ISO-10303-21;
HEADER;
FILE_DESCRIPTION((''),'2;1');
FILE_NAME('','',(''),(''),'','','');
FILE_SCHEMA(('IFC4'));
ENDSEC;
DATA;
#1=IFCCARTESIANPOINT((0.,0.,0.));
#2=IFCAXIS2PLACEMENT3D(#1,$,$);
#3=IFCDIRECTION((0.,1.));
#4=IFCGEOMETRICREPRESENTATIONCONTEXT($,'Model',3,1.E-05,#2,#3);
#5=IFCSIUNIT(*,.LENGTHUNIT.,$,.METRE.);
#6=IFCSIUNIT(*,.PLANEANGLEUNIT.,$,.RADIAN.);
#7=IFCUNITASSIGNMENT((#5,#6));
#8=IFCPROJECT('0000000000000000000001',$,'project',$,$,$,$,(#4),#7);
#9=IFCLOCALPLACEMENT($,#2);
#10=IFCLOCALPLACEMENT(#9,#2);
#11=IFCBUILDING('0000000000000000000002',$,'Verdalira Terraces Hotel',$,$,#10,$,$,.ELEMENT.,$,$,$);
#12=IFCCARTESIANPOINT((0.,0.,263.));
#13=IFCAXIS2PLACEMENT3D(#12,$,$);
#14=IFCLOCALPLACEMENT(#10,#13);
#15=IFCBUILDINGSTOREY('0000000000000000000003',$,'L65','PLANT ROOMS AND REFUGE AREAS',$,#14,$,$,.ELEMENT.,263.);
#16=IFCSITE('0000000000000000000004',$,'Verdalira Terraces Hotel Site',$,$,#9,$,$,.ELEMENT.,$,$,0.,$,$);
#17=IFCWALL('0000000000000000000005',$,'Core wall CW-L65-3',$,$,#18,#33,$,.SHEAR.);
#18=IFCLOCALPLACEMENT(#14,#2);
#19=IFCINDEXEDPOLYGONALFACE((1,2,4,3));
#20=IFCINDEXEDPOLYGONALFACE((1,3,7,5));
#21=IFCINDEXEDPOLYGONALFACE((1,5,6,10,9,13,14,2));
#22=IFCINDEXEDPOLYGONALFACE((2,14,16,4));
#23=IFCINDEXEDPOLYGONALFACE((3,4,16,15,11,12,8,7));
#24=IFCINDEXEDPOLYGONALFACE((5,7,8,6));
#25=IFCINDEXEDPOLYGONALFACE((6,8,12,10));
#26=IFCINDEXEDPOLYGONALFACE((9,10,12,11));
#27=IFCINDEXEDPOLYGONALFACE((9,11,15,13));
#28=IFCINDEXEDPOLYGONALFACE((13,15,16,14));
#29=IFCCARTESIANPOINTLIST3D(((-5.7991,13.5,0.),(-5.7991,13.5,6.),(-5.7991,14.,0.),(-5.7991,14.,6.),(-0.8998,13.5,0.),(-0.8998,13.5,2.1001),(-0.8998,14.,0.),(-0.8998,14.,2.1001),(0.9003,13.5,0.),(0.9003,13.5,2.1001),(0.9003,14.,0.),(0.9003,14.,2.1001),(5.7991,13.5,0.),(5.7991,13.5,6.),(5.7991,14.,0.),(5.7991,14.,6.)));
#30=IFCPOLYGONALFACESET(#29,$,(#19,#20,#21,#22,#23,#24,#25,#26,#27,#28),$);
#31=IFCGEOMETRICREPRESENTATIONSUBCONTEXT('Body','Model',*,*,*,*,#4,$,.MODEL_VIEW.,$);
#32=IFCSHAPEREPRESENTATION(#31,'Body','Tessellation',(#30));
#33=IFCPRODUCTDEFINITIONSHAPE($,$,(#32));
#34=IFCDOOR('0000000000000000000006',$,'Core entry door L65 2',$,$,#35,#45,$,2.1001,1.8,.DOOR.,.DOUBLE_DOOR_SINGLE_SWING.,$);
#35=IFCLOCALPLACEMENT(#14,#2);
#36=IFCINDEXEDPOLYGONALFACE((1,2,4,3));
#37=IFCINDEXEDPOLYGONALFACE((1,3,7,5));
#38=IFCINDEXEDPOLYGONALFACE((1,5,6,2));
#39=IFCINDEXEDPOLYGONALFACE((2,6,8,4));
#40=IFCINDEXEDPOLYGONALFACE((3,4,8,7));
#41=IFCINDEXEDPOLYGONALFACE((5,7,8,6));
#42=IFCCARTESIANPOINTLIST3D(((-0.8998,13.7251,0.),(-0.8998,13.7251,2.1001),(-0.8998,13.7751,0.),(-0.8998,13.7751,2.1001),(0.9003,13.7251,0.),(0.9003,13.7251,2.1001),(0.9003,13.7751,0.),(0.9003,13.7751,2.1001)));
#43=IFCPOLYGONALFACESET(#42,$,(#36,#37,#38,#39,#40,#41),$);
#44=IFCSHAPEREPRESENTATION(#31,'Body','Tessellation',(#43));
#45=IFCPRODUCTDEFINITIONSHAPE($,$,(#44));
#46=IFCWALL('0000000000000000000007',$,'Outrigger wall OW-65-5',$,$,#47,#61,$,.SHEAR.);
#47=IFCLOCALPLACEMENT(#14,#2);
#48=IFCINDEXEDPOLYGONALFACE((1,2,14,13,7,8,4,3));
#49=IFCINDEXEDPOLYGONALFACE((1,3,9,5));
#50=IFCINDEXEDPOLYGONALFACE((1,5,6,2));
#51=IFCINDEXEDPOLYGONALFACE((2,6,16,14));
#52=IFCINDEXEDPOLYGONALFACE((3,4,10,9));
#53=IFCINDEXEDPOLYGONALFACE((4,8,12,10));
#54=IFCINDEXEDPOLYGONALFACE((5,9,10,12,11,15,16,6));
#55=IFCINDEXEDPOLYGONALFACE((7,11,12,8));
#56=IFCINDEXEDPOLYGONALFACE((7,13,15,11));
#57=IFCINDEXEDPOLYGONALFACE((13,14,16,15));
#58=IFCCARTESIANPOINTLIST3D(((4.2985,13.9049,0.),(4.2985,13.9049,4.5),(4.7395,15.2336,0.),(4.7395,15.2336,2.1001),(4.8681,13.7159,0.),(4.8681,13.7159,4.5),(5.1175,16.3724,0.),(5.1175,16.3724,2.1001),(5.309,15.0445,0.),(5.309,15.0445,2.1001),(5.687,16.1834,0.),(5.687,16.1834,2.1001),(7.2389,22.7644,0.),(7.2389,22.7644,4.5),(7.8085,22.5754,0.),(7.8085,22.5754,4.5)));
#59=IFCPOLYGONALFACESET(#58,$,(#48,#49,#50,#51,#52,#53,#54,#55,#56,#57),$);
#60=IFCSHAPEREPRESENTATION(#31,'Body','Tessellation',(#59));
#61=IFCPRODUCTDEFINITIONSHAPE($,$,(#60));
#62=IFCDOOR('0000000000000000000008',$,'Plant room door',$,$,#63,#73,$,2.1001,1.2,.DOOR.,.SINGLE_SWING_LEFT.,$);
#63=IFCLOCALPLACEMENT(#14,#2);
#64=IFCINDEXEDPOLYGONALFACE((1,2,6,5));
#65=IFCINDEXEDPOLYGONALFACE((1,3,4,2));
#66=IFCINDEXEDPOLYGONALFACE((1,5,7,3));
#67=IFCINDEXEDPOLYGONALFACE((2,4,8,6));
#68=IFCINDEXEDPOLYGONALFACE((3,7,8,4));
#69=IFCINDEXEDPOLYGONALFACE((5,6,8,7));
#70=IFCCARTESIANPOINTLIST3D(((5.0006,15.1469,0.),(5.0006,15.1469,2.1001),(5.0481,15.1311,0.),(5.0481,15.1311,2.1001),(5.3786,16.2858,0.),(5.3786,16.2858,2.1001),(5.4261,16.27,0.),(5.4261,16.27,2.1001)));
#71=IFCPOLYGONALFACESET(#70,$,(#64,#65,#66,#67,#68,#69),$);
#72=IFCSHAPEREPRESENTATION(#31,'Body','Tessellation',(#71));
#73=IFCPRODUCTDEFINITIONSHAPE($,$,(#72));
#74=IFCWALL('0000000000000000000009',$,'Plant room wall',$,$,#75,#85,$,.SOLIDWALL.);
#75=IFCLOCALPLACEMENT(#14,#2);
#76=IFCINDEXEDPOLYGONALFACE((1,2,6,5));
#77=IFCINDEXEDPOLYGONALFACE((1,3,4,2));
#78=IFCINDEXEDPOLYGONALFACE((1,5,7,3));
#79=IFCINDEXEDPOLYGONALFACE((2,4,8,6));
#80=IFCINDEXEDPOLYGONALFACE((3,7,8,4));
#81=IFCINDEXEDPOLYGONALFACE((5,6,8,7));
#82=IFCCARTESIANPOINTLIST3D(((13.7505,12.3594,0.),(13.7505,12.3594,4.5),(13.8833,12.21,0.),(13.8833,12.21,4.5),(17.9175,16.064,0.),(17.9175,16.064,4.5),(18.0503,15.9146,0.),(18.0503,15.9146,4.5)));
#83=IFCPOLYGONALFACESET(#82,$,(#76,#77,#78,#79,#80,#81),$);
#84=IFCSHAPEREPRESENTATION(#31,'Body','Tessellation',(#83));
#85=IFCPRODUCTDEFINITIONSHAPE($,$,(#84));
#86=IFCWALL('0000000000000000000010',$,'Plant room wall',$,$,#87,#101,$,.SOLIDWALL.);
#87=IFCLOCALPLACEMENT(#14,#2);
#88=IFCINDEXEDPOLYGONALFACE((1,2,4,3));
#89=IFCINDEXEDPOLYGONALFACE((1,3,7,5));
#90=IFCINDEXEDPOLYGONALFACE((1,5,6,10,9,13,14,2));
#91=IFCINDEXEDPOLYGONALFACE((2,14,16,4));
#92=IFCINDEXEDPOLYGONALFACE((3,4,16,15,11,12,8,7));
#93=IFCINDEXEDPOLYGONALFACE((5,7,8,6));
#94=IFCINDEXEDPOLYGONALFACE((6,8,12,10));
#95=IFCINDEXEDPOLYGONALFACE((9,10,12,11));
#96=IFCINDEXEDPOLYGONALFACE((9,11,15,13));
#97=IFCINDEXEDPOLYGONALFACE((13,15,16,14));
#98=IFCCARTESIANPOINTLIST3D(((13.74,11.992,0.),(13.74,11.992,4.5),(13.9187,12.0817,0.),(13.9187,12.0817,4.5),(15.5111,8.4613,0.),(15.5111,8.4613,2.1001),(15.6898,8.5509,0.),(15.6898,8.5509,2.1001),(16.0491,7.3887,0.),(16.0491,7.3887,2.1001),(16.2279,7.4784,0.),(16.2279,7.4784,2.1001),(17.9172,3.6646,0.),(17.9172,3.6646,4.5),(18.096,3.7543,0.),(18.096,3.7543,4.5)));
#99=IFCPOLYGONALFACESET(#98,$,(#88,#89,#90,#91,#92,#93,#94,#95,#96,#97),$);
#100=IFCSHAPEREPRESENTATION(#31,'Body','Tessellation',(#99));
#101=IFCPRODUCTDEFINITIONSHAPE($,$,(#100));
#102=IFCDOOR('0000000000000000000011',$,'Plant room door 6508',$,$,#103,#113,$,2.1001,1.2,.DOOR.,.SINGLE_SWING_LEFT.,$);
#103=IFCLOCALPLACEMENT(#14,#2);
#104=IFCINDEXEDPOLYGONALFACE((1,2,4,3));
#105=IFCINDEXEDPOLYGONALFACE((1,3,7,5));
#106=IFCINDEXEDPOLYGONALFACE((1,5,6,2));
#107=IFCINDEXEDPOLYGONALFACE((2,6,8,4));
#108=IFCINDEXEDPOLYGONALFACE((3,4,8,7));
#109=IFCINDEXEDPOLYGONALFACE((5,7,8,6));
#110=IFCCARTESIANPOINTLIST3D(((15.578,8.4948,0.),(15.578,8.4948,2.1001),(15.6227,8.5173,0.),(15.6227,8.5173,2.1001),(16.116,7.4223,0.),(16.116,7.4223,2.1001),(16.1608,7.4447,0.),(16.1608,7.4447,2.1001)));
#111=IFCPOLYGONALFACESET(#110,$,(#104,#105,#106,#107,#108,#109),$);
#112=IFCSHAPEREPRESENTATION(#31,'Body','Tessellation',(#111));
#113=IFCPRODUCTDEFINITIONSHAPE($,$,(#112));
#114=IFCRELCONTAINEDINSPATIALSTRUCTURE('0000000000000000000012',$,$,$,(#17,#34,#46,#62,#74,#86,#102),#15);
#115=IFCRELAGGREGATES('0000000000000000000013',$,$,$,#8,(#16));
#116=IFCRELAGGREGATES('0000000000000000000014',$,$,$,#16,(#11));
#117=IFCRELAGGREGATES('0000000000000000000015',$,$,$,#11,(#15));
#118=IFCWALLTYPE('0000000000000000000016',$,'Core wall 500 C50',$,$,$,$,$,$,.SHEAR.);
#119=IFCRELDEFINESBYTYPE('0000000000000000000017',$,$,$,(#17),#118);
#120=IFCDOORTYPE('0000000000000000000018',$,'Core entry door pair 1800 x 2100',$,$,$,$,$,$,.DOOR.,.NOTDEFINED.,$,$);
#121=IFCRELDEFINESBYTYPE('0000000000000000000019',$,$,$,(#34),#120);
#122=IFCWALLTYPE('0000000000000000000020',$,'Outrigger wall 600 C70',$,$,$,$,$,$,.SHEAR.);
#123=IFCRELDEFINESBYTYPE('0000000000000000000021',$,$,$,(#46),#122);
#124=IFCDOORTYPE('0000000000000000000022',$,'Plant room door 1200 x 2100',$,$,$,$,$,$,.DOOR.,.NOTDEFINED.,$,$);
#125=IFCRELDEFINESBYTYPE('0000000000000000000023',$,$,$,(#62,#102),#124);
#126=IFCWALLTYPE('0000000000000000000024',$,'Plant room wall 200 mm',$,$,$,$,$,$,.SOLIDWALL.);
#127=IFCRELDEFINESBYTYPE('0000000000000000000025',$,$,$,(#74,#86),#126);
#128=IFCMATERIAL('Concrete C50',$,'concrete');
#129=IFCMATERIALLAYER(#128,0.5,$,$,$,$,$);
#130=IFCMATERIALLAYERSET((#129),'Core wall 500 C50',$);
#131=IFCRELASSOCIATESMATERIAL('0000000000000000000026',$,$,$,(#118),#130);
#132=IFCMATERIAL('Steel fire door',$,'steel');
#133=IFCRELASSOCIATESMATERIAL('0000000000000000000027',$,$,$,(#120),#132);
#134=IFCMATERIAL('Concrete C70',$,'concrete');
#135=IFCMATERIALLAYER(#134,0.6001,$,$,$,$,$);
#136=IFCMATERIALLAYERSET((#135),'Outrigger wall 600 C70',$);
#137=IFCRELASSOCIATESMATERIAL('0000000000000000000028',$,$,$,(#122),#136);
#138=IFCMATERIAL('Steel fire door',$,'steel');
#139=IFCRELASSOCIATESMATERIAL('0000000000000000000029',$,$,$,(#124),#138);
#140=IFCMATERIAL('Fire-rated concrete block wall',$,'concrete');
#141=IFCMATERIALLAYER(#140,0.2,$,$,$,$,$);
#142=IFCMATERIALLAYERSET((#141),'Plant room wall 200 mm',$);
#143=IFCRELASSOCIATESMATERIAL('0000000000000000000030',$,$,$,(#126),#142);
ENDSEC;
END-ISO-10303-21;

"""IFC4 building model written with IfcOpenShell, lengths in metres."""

from ifc_helpers import new_model, si_unit, direction, frame, frame_2d, origin, place, context, subcontext, project, spatial, rectangle, extrude, material, layer, layer_set, type_object, element, fill, save


model = new_model("IFC4")

# Units and contexts
model_context = context("Model", 3, precision=1e-05, world=origin(), true_north=direction((0.0, 1.0)))
body_context = subcontext(model_context, "Body", "Model", "MODEL_VIEW")
ifc_project = project(units=[si_unit("LENGTHUNIT", "METRE"), si_unit("PLANEANGLEUNIT", "RADIAN")], contexts=[model_context])

# Site, building, storey
site_placement = place(None, origin())
site = spatial("IfcSite", under=ifc_project, at=site_placement, Name="Verdalira Terraces Hotel Site", CompositionType="ELEMENT", RefElevation=0.0)
building_placement = place(site_placement, origin())
building = spatial("IfcBuilding", under=site, at=building_placement, Name="Verdalira Terraces Hotel", CompositionType="ELEMENT")
storey_placement = place(building_placement, frame((0.0, 0.0, 263.0)))
storey = spatial("IfcBuildingStorey", under=building, at=storey_placement, Name="L65", Description="PLANT ROOMS AND REFUGE AREAS", CompositionType="ELEMENT", Elevation=263.0)

# Walls, openings, doors
ifc_material_1 = material(Name="Concrete C50", Category="concrete")
ifc_layer_1 = layer(ifc_material_1, 0.5)
ifc_layer_set_1 = layer_set([ifc_layer_1], Name="Core wall 500 C50")
wall_type_1 = type_object("IfcWallType", Name="Core wall 500 C50", PredefinedType="SHEAR", material=ifc_layer_set_1)
wall_1_placement = place(storey_placement, frame((5.7991, 13.75, 0.0), z_axis=(0.0, 0.0, 1.0), x_axis=(-1.0, 0.0, 0.0)))
wall_1 = element("IfcWall", 1, at=wall_1_placement, inside=storey, type_object=wall_type_1, Name="Core wall CW-L65-3", PredefinedType="SHEAR", context=body_context, shape_type="SweptSolid", body=[
    extrude(rectangle(XDim=11.5981, YDim=0.5, at=frame_2d((5.7991, 0.0))), origin(), (0.0, 0.0, 1.0), 6.0),
])
opening_1_placement = place(wall_1_placement, frame((4.8989, 0.0, 0.0)))
opening_1 = element("IfcOpeningElement", 2, at=opening_1_placement, cuts=wall_1, PredefinedType="OPENING", context=body_context, shape_type="SweptSolid", body=[
    extrude(rectangle(XDim=1.8, YDim=2.1001, at=frame_2d((0.8999, 1.05))), frame((0.0, 0.26, 0.0), z_axis=(0.0, -1.0, 0.0), x_axis=(1.0, 0.0, 0.0)), (0.0, 0.0, 1.0), 0.52),
])
ifc_material_2 = material(Name="Steel fire door", Category="steel")
door_type_1 = type_object("IfcDoorType", Name="Core entry door pair 1800 x 2100", OperationType="NOTDEFINED", PredefinedType="DOOR", material=ifc_material_2)
door_1_placement = place(opening_1_placement, origin())
door_1 = element("IfcDoor", 3, at=door_1_placement, inside=storey, type_object=door_type_1, Name="Core entry door L65 2", OperationType="DOUBLE_DOOR_SINGLE_SWING", OverallHeight=2.1001, OverallWidth=1.8, PredefinedType="DOOR", context=body_context, shape_type="SweptSolid", body=[
    extrude(rectangle(XDim=1.8, YDim=2.1001, at=frame_2d((0.8999, 1.05))), frame((0.0, 0.0249, 0.0), z_axis=(0.0, -1.0, 0.0), x_axis=(1.0, 0.0, 0.0)), (0.0, 0.0, 1.0), 0.05),
])
fill(opening_1, door_1)
ifc_material_3 = material(Name="Concrete C70", Category="concrete")
ifc_layer_2 = layer(ifc_material_3, 0.6001)
ifc_layer_set_2 = layer_set([ifc_layer_2], Name="Outrigger wall 600 C70")
wall_type_2 = type_object("IfcWallType", Name="Outrigger wall 600 C70", PredefinedType="SHEAR", material=ifc_layer_set_2)
wall_2_placement = place(storey_placement, frame((4.5833, 13.8103, 0.0), z_axis=(0.0, 0.0, 1.0), x_axis=(0.314996, 0.949093, 0.0)))
wall_2 = element("IfcWall", 4, at=wall_2_placement, inside=storey, type_object=wall_type_2, Name="Outrigger wall OW-65-5", PredefinedType="SHEAR", context=body_context, shape_type="SweptSolid", body=[
    extrude(rectangle(XDim=9.3347, YDim=0.6001, at=frame_2d((4.6675, 0.0))), origin(), (0.0, 0.0, 1.0), 4.5),
])
opening_2_placement = place(wall_2_placement, frame((1.3999, 0.0, 0.0)))
opening_2 = element("IfcOpeningElement", 5, at=opening_2_placement, cuts=wall_2, PredefinedType="OPENING", context=body_context, shape_type="SweptSolid", body=[
    extrude(rectangle(XDim=1.2, YDim=2.1001, at=frame_2d((0.6001, 1.05))), frame((0.0, 0.3101, 0.0), z_axis=(0.0, -1.0, 0.0), x_axis=(1.0, 0.0, 0.0)), (0.0, 0.0, 1.0), 0.6201),
])
ifc_material_4 = material(Name="Steel fire door", Category="steel")
door_type_2 = type_object("IfcDoorType", Name="Plant room door 1200 x 2100", OperationType="NOTDEFINED", PredefinedType="DOOR", material=ifc_material_4)
door_2_placement = place(opening_2_placement, origin())
door_2 = element("IfcDoor", 6, at=door_2_placement, inside=storey, type_object=door_type_2, Name="Plant room door", OperationType="SINGLE_SWING_LEFT", OverallHeight=2.1001, OverallWidth=1.2, PredefinedType="DOOR", context=body_context, shape_type="SweptSolid", body=[
    extrude(rectangle(XDim=1.2, YDim=2.1001, at=frame_2d((0.6001, 1.05))), frame((0.0, 0.0249, 0.0), z_axis=(0.0, -1.0, 0.0), x_axis=(1.0, 0.0, 0.0)), (0.0, 0.0, 1.0), 0.05),
])
fill(opening_2, door_2)

# Wall
ifc_material_5 = material(Name="Fire-rated concrete block wall", Category="concrete")
ifc_layer_3 = layer(ifc_material_5, 0.2)
ifc_layer_set_3 = layer_set([ifc_layer_3], Name="Plant room wall 200 mm")
wall_type_3 = type_object("IfcWallType", Name="Plant room wall 200 mm", PredefinedType="SOLIDWALL", material=ifc_layer_set_3)
wall_3_placement = place(storey_placement, frame((13.8169, 12.2847, 0.0), z_axis=(0.0, 0.0, 1.0), x_axis=(0.747356, 0.664424, 0.0)))
element("IfcWall", 7, at=wall_3_placement, inside=storey, type_object=wall_type_3, Name="Plant room wall", PredefinedType="SOLIDWALL", context=body_context, shape_type="SweptSolid", body=[
    extrude(rectangle(XDim=5.5757, YDim=0.2, at=frame_2d((2.7878, 0.0))), origin(), (0.0, 0.0, 1.0), 4.5),
])

# Wall, opening, door
wall_4_placement = place(storey_placement, frame((13.8293, 12.0369, 0.0), z_axis=(0.0, 0.0, 1.0), x_axis=(0.448377, -0.893845, 0.0)))
wall_4 = element("IfcWall", 8, at=wall_4_placement, inside=storey, type_object=wall_type_3, Name="Plant room wall", PredefinedType="SOLIDWALL", context=body_context, shape_type="SweptSolid", body=[
    extrude(rectangle(XDim=9.3164, YDim=0.2, at=frame_2d((4.6582, 0.0))), origin(), (0.0, 0.0, 1.0), 4.5),
])
opening_3_placement = place(wall_4_placement, frame((3.95, 0.0, 0.0)))
opening_3 = element("IfcOpeningElement", 9, at=opening_3_placement, cuts=wall_4, PredefinedType="OPENING", context=body_context, shape_type="SweptSolid", body=[
    extrude(rectangle(XDim=1.2, YDim=2.1001, at=frame_2d((0.6001, 1.05))), frame((0.0, 0.1099, 0.0), z_axis=(0.0, -1.0, 0.0), x_axis=(1.0, 0.0, 0.0)), (0.0, 0.0, 1.0), 0.22),
])
door_3_placement = place(opening_3_placement, origin())
door_3 = element("IfcDoor", 10, at=door_3_placement, inside=storey, type_object=door_type_2, Name="Plant room door 6508", OperationType="SINGLE_SWING_LEFT", OverallHeight=2.1001, OverallWidth=1.2, PredefinedType="DOOR", context=body_context, shape_type="SweptSolid", body=[
    extrude(rectangle(XDim=1.2, YDim=2.1001, at=frame_2d((0.6001, 1.05))), frame((0.0, 0.0249, 0.0), z_axis=(0.0, -1.0, 0.0), x_axis=(1.0, 0.0, 0.0)), (0.0, 0.0, 1.0), 0.05),
])
fill(opening_3, door_3)

save(model, "model.ifc")
